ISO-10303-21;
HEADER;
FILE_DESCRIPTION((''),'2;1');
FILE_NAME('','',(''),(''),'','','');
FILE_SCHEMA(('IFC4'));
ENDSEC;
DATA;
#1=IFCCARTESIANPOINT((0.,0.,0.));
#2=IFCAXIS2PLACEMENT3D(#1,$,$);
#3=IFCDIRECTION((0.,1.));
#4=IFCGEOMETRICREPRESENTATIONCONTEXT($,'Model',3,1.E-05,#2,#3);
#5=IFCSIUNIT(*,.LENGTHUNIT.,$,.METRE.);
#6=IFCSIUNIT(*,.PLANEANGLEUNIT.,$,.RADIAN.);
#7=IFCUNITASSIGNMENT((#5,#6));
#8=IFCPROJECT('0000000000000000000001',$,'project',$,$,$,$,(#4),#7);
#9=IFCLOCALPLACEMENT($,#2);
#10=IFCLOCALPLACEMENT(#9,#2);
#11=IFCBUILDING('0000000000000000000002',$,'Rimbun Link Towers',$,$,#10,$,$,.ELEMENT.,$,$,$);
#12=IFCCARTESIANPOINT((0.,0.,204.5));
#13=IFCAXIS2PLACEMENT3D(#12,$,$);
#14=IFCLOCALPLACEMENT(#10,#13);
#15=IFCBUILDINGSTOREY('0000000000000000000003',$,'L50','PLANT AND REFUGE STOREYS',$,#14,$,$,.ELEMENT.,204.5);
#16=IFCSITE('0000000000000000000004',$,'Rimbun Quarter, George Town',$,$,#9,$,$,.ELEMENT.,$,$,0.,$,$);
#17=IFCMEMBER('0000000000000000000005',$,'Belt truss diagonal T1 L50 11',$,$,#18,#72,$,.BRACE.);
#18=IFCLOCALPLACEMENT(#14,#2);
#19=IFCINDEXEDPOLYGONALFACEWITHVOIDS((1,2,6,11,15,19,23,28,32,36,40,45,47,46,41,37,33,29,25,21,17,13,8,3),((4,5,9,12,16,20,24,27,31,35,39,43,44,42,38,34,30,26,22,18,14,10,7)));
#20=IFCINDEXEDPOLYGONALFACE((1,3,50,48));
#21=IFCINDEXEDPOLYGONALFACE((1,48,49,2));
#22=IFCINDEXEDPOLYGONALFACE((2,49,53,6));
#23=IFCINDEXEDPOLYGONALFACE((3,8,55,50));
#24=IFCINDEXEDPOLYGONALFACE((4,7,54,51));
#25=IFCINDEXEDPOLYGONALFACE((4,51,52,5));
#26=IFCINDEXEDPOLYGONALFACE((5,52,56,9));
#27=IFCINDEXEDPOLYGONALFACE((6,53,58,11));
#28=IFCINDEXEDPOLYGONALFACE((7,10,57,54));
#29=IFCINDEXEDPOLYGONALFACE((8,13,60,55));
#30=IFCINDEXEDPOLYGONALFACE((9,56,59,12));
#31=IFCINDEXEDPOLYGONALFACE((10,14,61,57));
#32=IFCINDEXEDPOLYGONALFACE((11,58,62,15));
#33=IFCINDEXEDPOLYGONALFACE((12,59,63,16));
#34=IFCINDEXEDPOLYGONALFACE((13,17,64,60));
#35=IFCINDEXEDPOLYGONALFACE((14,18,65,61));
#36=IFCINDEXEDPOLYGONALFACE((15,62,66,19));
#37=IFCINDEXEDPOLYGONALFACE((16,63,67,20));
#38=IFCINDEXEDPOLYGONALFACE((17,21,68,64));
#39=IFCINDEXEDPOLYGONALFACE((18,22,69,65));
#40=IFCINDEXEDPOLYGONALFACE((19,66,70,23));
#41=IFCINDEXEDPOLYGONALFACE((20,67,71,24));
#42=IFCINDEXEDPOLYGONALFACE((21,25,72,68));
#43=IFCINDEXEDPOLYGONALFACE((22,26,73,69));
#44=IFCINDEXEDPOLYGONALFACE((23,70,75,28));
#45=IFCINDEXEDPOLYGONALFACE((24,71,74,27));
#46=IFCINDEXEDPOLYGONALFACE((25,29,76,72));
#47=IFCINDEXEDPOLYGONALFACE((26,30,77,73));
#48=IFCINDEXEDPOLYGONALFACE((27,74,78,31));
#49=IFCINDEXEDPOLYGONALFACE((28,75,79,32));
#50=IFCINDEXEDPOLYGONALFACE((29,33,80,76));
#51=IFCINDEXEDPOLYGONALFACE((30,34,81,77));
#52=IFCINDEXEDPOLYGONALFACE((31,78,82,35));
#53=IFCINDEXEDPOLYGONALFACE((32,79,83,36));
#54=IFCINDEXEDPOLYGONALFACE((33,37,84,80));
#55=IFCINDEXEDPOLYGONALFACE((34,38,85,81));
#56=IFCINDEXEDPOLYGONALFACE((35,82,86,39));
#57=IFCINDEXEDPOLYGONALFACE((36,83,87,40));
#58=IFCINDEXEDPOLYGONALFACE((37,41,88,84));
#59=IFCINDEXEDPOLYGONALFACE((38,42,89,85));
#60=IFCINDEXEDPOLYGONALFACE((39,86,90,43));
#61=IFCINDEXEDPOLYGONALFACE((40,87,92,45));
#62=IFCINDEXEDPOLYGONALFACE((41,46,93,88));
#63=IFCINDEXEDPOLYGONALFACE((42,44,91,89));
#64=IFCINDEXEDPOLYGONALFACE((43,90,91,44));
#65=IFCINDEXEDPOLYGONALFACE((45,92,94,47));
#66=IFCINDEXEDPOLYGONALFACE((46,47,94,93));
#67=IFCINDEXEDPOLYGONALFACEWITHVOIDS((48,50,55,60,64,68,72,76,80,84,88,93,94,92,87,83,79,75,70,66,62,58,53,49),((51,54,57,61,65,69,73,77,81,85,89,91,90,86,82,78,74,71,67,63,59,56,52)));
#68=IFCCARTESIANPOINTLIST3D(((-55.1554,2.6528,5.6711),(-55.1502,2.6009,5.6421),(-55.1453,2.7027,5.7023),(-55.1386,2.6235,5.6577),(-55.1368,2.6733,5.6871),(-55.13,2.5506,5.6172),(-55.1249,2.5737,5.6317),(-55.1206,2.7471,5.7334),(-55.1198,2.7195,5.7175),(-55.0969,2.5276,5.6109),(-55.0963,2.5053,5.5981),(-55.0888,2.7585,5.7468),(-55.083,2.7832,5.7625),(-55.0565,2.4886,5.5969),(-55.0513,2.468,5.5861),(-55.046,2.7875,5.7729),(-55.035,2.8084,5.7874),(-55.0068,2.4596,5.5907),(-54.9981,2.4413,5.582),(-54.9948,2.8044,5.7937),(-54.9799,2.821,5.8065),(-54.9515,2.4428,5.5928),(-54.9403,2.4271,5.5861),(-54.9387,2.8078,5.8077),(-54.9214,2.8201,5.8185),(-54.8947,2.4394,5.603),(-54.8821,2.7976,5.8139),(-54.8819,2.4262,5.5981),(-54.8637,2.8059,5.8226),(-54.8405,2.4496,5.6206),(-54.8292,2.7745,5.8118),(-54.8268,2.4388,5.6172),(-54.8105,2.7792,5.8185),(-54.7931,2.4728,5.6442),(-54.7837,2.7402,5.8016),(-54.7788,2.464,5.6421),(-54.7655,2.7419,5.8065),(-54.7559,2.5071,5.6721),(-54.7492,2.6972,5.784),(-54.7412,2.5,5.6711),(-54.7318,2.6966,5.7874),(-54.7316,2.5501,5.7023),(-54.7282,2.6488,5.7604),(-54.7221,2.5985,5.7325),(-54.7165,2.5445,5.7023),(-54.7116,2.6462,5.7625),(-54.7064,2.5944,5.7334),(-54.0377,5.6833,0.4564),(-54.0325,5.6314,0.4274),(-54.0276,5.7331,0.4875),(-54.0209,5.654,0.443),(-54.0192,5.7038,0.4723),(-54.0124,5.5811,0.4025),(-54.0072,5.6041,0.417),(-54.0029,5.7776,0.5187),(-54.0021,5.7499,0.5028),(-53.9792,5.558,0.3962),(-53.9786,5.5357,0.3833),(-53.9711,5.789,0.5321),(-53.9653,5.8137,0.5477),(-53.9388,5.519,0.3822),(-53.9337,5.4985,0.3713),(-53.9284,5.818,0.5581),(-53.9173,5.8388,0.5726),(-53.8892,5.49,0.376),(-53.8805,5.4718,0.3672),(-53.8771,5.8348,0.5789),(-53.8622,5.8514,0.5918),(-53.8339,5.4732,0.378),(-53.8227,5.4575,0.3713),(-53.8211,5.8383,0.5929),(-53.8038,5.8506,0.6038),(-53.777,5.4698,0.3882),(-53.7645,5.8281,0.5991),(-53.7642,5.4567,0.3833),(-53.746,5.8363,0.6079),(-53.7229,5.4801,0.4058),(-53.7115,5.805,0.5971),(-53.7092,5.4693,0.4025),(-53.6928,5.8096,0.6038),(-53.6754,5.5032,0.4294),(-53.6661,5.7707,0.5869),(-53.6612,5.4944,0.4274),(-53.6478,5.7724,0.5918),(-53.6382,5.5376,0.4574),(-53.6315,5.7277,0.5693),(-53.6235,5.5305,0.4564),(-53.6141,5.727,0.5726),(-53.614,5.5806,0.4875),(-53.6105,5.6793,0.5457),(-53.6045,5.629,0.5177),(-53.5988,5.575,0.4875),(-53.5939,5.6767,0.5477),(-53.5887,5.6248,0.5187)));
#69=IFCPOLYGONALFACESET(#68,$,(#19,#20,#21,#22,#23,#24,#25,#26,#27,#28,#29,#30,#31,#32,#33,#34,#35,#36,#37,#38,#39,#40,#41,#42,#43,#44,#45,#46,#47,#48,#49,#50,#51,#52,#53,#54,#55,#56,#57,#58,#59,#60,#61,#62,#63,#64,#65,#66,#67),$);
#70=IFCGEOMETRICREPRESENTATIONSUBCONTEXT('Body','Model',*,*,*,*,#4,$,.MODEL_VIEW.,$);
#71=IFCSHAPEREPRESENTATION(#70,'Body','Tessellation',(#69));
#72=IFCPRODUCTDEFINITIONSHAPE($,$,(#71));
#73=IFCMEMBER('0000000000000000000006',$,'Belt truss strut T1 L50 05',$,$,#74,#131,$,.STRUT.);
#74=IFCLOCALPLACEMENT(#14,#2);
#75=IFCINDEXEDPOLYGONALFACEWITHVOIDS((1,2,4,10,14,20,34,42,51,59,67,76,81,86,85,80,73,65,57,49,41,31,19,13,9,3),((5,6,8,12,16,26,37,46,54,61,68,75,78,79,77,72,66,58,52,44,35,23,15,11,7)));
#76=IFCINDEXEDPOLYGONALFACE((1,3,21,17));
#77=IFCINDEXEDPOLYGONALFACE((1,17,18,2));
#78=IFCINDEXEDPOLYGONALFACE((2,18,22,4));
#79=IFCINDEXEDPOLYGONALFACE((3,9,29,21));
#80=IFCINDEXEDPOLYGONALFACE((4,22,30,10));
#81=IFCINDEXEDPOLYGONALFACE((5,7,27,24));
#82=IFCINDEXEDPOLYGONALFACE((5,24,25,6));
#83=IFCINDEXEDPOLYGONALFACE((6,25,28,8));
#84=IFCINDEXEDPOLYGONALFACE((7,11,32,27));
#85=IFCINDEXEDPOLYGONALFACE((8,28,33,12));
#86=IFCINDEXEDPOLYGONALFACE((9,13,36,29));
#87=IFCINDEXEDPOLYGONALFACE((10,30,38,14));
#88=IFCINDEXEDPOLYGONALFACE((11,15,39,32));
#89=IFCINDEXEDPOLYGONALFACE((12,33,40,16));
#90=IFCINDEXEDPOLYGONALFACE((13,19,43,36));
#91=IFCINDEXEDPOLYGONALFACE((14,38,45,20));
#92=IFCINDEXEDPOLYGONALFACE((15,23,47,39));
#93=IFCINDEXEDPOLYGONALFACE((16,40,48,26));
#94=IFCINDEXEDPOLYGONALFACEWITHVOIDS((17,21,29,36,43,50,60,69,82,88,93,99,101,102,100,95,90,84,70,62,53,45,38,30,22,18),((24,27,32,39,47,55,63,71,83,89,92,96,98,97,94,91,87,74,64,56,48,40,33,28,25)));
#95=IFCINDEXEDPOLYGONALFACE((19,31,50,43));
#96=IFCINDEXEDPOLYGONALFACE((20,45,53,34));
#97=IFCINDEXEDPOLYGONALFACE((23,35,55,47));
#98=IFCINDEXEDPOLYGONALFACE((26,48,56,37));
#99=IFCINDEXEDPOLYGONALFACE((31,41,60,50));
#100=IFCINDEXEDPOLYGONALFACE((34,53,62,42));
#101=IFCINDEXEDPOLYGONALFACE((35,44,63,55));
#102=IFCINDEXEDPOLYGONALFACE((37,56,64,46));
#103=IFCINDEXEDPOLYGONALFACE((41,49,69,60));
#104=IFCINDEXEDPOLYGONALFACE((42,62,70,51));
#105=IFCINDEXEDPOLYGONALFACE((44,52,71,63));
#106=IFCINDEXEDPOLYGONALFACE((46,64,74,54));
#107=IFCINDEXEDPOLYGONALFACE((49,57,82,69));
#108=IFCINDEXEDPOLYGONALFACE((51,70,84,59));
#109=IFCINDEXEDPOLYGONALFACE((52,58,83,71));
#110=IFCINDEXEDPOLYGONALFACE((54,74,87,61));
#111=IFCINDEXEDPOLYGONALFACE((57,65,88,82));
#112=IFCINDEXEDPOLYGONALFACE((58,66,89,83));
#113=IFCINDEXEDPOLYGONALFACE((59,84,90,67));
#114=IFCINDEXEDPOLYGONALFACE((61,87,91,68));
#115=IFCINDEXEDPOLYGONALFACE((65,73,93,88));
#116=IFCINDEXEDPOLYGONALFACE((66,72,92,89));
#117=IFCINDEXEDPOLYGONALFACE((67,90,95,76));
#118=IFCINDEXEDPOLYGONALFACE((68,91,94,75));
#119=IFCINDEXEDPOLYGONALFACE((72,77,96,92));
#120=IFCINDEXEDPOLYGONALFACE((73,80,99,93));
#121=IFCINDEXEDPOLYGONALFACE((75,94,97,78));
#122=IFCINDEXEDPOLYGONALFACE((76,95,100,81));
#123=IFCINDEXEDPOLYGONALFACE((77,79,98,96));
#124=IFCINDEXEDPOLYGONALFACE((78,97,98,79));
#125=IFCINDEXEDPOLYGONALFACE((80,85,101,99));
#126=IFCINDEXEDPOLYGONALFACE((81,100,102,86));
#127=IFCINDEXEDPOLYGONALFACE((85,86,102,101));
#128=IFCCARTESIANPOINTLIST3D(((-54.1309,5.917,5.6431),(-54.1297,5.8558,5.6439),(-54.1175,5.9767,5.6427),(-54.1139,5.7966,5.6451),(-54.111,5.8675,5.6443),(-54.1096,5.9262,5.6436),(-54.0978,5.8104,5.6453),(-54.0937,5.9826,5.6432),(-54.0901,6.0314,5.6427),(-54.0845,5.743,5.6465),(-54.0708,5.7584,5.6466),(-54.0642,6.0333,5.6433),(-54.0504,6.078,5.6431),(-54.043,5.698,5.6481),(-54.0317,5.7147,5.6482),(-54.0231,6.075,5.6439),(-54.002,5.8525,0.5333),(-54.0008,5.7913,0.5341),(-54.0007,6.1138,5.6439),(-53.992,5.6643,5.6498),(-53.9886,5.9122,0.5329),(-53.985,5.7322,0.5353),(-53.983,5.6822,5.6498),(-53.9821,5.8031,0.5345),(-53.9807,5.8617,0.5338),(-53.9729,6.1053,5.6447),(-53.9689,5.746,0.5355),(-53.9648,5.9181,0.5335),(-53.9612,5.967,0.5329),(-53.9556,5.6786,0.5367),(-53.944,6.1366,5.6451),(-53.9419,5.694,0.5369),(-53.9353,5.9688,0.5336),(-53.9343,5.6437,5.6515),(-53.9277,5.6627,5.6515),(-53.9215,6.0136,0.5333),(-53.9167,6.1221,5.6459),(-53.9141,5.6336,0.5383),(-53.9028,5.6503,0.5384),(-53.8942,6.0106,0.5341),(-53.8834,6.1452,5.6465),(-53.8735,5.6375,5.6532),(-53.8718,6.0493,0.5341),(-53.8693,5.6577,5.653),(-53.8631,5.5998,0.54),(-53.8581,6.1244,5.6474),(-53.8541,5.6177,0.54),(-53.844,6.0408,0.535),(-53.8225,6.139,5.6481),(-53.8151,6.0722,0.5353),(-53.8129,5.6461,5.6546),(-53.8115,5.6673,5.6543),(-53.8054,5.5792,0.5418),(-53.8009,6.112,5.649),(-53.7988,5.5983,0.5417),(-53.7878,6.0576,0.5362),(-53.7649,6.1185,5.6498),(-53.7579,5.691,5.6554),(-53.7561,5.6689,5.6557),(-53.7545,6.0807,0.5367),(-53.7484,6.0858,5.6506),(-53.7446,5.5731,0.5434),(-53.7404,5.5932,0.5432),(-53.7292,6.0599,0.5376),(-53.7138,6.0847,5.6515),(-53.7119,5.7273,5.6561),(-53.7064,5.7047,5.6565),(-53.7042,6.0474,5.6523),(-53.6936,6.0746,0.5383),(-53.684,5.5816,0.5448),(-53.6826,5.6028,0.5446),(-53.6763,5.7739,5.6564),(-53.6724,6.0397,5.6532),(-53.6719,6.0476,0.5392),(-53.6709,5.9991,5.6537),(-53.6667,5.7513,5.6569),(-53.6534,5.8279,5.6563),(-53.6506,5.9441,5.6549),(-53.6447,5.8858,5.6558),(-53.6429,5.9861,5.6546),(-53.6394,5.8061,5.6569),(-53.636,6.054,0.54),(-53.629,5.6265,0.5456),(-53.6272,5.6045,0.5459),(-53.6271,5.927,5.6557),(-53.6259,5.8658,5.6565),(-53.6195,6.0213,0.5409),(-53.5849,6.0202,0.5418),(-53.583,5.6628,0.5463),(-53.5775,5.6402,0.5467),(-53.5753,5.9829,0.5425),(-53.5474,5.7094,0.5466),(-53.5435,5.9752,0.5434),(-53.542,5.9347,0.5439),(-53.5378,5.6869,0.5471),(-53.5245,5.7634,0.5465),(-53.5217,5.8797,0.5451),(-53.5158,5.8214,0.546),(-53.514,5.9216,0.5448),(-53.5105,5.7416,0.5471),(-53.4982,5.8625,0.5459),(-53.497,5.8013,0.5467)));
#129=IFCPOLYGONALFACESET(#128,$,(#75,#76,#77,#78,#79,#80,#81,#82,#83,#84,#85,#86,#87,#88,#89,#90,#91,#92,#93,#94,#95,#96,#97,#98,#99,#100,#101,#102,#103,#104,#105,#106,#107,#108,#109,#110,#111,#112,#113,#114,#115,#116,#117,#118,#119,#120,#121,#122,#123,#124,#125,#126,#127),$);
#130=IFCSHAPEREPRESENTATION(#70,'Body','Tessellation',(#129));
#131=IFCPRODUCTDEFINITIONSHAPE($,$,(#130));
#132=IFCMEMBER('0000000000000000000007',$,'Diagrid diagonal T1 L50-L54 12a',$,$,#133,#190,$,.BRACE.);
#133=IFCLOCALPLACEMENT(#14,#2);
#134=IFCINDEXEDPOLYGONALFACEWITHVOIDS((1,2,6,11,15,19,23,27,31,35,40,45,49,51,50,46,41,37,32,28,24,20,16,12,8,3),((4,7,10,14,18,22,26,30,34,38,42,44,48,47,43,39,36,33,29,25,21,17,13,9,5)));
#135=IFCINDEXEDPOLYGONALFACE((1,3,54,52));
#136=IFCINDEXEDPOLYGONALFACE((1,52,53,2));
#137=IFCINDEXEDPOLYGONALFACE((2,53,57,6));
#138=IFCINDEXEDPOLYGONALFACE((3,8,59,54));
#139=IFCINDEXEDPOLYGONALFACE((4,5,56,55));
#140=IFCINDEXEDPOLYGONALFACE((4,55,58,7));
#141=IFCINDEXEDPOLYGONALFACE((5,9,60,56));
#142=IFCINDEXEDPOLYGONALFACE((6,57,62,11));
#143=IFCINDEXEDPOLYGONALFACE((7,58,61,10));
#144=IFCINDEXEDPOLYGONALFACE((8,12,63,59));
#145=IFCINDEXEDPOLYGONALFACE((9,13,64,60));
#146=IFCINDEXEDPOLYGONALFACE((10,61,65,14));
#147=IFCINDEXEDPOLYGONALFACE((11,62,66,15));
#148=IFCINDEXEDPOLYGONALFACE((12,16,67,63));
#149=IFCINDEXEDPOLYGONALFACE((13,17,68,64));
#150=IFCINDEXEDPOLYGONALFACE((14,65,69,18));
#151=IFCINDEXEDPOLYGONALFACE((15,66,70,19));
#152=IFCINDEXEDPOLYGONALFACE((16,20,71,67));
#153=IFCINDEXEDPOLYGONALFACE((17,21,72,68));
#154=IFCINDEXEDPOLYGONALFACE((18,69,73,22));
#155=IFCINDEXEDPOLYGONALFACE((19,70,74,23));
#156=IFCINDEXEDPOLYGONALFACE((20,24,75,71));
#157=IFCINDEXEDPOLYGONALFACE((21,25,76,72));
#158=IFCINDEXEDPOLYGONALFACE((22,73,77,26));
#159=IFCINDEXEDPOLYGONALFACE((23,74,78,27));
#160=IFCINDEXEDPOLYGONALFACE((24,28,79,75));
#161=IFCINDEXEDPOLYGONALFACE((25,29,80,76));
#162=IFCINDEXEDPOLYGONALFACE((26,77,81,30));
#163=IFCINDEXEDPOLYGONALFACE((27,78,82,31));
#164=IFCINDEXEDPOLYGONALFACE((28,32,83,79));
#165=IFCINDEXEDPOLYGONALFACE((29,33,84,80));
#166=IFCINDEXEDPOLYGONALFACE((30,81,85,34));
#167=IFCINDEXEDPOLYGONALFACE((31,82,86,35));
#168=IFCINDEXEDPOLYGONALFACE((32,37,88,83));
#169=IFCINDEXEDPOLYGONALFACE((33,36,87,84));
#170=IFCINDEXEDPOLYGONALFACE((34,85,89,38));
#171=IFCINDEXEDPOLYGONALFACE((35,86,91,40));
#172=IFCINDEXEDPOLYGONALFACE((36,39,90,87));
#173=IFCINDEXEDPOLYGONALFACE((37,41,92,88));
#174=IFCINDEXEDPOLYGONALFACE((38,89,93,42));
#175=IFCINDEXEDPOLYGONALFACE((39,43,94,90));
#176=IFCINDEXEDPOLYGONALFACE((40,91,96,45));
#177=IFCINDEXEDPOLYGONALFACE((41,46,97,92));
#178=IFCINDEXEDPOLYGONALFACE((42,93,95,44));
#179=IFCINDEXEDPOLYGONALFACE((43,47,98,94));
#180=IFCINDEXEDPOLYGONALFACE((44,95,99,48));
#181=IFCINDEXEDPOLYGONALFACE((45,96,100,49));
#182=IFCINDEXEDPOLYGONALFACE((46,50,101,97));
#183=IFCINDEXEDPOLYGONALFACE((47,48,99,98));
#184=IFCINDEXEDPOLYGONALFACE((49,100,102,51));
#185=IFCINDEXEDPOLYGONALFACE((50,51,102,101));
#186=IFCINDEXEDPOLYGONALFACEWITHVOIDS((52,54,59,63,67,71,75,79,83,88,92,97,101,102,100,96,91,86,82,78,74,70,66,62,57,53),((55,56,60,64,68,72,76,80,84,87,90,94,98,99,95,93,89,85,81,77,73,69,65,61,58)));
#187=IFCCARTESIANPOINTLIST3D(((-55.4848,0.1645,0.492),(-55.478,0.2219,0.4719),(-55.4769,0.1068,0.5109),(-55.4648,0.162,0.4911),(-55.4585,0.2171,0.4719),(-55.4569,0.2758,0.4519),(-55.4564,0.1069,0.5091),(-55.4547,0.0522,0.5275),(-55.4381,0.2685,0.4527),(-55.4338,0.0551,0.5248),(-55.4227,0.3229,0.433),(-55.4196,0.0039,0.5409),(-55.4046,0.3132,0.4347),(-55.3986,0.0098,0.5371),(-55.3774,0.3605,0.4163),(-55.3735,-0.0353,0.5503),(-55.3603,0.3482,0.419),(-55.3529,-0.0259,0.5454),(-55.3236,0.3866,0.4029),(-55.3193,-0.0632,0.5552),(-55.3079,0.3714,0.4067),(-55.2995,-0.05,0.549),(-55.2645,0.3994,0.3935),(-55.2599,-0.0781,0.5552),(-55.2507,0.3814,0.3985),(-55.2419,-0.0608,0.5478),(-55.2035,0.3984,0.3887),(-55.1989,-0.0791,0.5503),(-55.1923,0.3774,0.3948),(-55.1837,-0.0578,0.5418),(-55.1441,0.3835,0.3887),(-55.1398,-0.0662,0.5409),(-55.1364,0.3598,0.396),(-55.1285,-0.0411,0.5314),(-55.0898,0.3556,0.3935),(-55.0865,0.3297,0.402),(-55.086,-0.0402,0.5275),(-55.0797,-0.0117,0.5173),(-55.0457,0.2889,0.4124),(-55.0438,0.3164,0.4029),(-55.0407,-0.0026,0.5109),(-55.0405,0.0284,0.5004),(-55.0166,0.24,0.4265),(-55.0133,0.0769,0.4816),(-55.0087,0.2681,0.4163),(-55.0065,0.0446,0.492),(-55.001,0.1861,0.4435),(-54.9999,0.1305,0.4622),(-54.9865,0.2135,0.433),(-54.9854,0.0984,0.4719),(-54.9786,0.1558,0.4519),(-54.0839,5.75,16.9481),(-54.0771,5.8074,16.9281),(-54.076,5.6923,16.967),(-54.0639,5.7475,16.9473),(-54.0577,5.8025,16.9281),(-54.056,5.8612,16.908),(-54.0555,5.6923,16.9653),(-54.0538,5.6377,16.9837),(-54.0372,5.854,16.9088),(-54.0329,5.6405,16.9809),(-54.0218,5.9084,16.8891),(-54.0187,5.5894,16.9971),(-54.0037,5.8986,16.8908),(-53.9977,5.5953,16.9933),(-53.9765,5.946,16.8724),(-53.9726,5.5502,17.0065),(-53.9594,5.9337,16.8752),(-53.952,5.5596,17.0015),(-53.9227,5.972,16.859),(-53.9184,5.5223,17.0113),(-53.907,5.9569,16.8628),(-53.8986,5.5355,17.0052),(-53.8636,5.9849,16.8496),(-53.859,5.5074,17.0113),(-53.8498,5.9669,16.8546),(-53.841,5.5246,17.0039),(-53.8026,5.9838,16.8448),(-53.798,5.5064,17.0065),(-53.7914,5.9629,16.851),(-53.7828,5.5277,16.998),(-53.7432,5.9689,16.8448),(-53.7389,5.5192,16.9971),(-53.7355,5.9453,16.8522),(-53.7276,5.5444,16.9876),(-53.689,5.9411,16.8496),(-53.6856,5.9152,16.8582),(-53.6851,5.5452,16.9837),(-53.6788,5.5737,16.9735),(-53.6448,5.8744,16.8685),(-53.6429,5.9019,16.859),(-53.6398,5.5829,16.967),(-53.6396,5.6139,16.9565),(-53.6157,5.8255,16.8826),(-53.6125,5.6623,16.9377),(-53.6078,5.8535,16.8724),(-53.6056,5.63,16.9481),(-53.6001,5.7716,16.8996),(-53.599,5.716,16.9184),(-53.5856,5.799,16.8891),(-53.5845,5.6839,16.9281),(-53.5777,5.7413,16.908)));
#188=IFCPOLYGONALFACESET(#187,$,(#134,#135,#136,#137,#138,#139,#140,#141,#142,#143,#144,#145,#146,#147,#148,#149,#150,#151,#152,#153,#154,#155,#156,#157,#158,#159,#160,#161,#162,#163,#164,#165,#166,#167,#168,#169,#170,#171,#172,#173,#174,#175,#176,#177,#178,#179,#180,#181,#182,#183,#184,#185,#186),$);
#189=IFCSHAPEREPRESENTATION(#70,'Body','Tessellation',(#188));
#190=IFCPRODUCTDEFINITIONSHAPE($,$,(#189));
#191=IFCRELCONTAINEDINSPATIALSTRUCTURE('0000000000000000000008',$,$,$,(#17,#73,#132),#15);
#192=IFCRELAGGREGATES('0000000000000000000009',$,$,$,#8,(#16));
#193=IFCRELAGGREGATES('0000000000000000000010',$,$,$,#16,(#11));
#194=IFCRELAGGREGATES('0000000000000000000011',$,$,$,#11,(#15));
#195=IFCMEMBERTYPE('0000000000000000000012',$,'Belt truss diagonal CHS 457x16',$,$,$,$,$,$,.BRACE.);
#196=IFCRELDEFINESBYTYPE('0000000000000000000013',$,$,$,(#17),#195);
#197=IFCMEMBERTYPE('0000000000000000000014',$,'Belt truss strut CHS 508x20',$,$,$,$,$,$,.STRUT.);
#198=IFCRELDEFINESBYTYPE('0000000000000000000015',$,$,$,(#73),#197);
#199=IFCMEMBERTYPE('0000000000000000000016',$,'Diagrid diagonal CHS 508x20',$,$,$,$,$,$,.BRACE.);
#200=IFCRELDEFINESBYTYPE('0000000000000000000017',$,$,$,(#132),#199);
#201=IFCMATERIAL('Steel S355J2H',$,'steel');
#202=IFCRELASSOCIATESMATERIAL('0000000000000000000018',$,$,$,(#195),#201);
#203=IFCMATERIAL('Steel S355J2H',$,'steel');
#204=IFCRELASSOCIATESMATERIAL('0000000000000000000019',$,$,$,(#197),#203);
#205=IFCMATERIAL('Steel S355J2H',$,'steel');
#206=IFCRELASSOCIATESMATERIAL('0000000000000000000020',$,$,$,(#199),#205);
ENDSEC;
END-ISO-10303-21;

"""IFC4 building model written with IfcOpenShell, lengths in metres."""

from ifc_helpers import new_model, si_unit, direction, frame, origin, origin_2d, place, context, subcontext, project, spatial, hollow_circle, extrude, material, material_profile, profile_set, type_object, element, save


model = new_model("IFC4")

# Units and contexts
model_context = context("Model", 3, precision=1e-05, world=origin(), true_north=direction((0.0, 1.0)))
body_context = subcontext(model_context, "Body", "Model", "MODEL_VIEW")
ifc_project = project(units=[si_unit("LENGTHUNIT", "METRE"), si_unit("PLANEANGLEUNIT", "RADIAN")], contexts=[model_context])

# Site, building, storey
site_placement = place(None, origin())
site = spatial("IfcSite", under=ifc_project, at=site_placement, Name="Rimbun Quarter, George Town", CompositionType="ELEMENT", RefElevation=0.0)
building_placement = place(site_placement, origin())
building = spatial("IfcBuilding", under=site, at=building_placement, Name="Rimbun Link Towers", CompositionType="ELEMENT")
storey_placement = place(building_placement, frame((0.0, 0.0, 204.5)))
storey = spatial("IfcBuildingStorey", under=building, at=storey_placement, Name="L50", Description="PLANT AND REFUGE STOREYS", CompositionType="ELEMENT", Elevation=204.5)

# Members
ifc_material_1 = material(Name="Steel S355J2H", Category="steel")
ifc_material_profile_1 = material_profile(ifc_material_1, hollow_circle(Radius=0.2285, WallThickness=0.0161, at=origin_2d()), Name="Belt truss diagonal CHS 457x16")
ifc_profile_set_1 = profile_set([ifc_material_profile_1], Name="Steel S355J2H")
member_type_1 = type_object("IfcMemberType", Name="Belt truss diagonal CHS 457x16", PredefinedType="BRACE", material=ifc_profile_set_1)
member_1_placement = place(storey_placement, frame((-53.8132, 5.6541, 0.4875), z_axis=(-0.182205, -0.49404, 0.850133), x_axis=(0.938226, -0.346024, 0.0)))
element("IfcMember", 1, at=member_1_placement, inside=storey, type_object=member_type_1, Name="Belt truss diagonal T1 L50 11", PredefinedType="BRACE", context=body_context, shape_type="SweptSolid", body=[
    extrude(hollow_circle(Radius=0.2285, WallThickness=0.0161, at=origin_2d()), origin(), (0.0, 0.0, 1.0), 6.134),
])
ifc_material_2 = material(Name="Steel S355J2H", Category="steel")
ifc_material_profile_2 = material_profile(ifc_material_2, hollow_circle(Radius=0.2539, WallThickness=0.02, at=origin_2d()), Name="Belt truss strut CHS 508x20")
ifc_profile_set_2 = profile_set([ifc_material_profile_2], Name="Steel S355J2H")
member_type_2 = type_object("IfcMemberType", Name="Belt truss strut CHS 508x20", PredefinedType="STRUT", material=ifc_profile_set_2)
member_2_placement = place(storey_placement, frame((-53.7495, 5.8269, 0.54), z_axis=(-0.025217, 0.012608, 0.999602), x_axis=(-0.447214, -0.894427, 0.0)))
element("IfcMember", 2, at=member_2_placement, inside=storey, type_object=member_type_2, Name="Belt truss strut T1 L50 05", PredefinedType="STRUT", context=body_context, shape_type="SweptSolid", body=[
    extrude(hollow_circle(Radius=0.2539, WallThickness=0.02, at=origin_2d()), origin(), (0.0, 0.0, 1.0), 5.1118),
])
ifc_material_3 = material(Name="Steel S355J2H", Category="steel")
ifc_material_profile_3 = material_profile(ifc_material_3, hollow_circle(Radius=0.2539, WallThickness=0.02, at=origin_2d()), Name="Diagrid diagonal CHS 508x20")
ifc_profile_set_3 = profile_set([ifc_material_profile_3], Name="Steel S355J2H")
member_type_3 = type_object("IfcMemberType", Name="Diagrid diagonal CHS 508x20", PredefinedType="BRACE", material=ifc_profile_set_3)
member_3_placement = place(storey_placement, frame((-55.2317, 0.1602, 0.4719), z_axis=(0.080351, 0.320368, 0.943879), x_axis=(-0.969958, 0.243274, 0.0)))
element("IfcMember", 3, at=member_3_placement, inside=storey, type_object=member_type_3, Name="Diagrid diagonal T1 L50-L54 12a", PredefinedType="BRACE", context=body_context, shape_type="SweptSolid", body=[
    extrude(hollow_circle(Radius=0.2539, WallThickness=0.02, at=origin_2d()), origin(), (0.0, 0.0, 1.0), 17.4346),
])

save(model, "model.ifc")
